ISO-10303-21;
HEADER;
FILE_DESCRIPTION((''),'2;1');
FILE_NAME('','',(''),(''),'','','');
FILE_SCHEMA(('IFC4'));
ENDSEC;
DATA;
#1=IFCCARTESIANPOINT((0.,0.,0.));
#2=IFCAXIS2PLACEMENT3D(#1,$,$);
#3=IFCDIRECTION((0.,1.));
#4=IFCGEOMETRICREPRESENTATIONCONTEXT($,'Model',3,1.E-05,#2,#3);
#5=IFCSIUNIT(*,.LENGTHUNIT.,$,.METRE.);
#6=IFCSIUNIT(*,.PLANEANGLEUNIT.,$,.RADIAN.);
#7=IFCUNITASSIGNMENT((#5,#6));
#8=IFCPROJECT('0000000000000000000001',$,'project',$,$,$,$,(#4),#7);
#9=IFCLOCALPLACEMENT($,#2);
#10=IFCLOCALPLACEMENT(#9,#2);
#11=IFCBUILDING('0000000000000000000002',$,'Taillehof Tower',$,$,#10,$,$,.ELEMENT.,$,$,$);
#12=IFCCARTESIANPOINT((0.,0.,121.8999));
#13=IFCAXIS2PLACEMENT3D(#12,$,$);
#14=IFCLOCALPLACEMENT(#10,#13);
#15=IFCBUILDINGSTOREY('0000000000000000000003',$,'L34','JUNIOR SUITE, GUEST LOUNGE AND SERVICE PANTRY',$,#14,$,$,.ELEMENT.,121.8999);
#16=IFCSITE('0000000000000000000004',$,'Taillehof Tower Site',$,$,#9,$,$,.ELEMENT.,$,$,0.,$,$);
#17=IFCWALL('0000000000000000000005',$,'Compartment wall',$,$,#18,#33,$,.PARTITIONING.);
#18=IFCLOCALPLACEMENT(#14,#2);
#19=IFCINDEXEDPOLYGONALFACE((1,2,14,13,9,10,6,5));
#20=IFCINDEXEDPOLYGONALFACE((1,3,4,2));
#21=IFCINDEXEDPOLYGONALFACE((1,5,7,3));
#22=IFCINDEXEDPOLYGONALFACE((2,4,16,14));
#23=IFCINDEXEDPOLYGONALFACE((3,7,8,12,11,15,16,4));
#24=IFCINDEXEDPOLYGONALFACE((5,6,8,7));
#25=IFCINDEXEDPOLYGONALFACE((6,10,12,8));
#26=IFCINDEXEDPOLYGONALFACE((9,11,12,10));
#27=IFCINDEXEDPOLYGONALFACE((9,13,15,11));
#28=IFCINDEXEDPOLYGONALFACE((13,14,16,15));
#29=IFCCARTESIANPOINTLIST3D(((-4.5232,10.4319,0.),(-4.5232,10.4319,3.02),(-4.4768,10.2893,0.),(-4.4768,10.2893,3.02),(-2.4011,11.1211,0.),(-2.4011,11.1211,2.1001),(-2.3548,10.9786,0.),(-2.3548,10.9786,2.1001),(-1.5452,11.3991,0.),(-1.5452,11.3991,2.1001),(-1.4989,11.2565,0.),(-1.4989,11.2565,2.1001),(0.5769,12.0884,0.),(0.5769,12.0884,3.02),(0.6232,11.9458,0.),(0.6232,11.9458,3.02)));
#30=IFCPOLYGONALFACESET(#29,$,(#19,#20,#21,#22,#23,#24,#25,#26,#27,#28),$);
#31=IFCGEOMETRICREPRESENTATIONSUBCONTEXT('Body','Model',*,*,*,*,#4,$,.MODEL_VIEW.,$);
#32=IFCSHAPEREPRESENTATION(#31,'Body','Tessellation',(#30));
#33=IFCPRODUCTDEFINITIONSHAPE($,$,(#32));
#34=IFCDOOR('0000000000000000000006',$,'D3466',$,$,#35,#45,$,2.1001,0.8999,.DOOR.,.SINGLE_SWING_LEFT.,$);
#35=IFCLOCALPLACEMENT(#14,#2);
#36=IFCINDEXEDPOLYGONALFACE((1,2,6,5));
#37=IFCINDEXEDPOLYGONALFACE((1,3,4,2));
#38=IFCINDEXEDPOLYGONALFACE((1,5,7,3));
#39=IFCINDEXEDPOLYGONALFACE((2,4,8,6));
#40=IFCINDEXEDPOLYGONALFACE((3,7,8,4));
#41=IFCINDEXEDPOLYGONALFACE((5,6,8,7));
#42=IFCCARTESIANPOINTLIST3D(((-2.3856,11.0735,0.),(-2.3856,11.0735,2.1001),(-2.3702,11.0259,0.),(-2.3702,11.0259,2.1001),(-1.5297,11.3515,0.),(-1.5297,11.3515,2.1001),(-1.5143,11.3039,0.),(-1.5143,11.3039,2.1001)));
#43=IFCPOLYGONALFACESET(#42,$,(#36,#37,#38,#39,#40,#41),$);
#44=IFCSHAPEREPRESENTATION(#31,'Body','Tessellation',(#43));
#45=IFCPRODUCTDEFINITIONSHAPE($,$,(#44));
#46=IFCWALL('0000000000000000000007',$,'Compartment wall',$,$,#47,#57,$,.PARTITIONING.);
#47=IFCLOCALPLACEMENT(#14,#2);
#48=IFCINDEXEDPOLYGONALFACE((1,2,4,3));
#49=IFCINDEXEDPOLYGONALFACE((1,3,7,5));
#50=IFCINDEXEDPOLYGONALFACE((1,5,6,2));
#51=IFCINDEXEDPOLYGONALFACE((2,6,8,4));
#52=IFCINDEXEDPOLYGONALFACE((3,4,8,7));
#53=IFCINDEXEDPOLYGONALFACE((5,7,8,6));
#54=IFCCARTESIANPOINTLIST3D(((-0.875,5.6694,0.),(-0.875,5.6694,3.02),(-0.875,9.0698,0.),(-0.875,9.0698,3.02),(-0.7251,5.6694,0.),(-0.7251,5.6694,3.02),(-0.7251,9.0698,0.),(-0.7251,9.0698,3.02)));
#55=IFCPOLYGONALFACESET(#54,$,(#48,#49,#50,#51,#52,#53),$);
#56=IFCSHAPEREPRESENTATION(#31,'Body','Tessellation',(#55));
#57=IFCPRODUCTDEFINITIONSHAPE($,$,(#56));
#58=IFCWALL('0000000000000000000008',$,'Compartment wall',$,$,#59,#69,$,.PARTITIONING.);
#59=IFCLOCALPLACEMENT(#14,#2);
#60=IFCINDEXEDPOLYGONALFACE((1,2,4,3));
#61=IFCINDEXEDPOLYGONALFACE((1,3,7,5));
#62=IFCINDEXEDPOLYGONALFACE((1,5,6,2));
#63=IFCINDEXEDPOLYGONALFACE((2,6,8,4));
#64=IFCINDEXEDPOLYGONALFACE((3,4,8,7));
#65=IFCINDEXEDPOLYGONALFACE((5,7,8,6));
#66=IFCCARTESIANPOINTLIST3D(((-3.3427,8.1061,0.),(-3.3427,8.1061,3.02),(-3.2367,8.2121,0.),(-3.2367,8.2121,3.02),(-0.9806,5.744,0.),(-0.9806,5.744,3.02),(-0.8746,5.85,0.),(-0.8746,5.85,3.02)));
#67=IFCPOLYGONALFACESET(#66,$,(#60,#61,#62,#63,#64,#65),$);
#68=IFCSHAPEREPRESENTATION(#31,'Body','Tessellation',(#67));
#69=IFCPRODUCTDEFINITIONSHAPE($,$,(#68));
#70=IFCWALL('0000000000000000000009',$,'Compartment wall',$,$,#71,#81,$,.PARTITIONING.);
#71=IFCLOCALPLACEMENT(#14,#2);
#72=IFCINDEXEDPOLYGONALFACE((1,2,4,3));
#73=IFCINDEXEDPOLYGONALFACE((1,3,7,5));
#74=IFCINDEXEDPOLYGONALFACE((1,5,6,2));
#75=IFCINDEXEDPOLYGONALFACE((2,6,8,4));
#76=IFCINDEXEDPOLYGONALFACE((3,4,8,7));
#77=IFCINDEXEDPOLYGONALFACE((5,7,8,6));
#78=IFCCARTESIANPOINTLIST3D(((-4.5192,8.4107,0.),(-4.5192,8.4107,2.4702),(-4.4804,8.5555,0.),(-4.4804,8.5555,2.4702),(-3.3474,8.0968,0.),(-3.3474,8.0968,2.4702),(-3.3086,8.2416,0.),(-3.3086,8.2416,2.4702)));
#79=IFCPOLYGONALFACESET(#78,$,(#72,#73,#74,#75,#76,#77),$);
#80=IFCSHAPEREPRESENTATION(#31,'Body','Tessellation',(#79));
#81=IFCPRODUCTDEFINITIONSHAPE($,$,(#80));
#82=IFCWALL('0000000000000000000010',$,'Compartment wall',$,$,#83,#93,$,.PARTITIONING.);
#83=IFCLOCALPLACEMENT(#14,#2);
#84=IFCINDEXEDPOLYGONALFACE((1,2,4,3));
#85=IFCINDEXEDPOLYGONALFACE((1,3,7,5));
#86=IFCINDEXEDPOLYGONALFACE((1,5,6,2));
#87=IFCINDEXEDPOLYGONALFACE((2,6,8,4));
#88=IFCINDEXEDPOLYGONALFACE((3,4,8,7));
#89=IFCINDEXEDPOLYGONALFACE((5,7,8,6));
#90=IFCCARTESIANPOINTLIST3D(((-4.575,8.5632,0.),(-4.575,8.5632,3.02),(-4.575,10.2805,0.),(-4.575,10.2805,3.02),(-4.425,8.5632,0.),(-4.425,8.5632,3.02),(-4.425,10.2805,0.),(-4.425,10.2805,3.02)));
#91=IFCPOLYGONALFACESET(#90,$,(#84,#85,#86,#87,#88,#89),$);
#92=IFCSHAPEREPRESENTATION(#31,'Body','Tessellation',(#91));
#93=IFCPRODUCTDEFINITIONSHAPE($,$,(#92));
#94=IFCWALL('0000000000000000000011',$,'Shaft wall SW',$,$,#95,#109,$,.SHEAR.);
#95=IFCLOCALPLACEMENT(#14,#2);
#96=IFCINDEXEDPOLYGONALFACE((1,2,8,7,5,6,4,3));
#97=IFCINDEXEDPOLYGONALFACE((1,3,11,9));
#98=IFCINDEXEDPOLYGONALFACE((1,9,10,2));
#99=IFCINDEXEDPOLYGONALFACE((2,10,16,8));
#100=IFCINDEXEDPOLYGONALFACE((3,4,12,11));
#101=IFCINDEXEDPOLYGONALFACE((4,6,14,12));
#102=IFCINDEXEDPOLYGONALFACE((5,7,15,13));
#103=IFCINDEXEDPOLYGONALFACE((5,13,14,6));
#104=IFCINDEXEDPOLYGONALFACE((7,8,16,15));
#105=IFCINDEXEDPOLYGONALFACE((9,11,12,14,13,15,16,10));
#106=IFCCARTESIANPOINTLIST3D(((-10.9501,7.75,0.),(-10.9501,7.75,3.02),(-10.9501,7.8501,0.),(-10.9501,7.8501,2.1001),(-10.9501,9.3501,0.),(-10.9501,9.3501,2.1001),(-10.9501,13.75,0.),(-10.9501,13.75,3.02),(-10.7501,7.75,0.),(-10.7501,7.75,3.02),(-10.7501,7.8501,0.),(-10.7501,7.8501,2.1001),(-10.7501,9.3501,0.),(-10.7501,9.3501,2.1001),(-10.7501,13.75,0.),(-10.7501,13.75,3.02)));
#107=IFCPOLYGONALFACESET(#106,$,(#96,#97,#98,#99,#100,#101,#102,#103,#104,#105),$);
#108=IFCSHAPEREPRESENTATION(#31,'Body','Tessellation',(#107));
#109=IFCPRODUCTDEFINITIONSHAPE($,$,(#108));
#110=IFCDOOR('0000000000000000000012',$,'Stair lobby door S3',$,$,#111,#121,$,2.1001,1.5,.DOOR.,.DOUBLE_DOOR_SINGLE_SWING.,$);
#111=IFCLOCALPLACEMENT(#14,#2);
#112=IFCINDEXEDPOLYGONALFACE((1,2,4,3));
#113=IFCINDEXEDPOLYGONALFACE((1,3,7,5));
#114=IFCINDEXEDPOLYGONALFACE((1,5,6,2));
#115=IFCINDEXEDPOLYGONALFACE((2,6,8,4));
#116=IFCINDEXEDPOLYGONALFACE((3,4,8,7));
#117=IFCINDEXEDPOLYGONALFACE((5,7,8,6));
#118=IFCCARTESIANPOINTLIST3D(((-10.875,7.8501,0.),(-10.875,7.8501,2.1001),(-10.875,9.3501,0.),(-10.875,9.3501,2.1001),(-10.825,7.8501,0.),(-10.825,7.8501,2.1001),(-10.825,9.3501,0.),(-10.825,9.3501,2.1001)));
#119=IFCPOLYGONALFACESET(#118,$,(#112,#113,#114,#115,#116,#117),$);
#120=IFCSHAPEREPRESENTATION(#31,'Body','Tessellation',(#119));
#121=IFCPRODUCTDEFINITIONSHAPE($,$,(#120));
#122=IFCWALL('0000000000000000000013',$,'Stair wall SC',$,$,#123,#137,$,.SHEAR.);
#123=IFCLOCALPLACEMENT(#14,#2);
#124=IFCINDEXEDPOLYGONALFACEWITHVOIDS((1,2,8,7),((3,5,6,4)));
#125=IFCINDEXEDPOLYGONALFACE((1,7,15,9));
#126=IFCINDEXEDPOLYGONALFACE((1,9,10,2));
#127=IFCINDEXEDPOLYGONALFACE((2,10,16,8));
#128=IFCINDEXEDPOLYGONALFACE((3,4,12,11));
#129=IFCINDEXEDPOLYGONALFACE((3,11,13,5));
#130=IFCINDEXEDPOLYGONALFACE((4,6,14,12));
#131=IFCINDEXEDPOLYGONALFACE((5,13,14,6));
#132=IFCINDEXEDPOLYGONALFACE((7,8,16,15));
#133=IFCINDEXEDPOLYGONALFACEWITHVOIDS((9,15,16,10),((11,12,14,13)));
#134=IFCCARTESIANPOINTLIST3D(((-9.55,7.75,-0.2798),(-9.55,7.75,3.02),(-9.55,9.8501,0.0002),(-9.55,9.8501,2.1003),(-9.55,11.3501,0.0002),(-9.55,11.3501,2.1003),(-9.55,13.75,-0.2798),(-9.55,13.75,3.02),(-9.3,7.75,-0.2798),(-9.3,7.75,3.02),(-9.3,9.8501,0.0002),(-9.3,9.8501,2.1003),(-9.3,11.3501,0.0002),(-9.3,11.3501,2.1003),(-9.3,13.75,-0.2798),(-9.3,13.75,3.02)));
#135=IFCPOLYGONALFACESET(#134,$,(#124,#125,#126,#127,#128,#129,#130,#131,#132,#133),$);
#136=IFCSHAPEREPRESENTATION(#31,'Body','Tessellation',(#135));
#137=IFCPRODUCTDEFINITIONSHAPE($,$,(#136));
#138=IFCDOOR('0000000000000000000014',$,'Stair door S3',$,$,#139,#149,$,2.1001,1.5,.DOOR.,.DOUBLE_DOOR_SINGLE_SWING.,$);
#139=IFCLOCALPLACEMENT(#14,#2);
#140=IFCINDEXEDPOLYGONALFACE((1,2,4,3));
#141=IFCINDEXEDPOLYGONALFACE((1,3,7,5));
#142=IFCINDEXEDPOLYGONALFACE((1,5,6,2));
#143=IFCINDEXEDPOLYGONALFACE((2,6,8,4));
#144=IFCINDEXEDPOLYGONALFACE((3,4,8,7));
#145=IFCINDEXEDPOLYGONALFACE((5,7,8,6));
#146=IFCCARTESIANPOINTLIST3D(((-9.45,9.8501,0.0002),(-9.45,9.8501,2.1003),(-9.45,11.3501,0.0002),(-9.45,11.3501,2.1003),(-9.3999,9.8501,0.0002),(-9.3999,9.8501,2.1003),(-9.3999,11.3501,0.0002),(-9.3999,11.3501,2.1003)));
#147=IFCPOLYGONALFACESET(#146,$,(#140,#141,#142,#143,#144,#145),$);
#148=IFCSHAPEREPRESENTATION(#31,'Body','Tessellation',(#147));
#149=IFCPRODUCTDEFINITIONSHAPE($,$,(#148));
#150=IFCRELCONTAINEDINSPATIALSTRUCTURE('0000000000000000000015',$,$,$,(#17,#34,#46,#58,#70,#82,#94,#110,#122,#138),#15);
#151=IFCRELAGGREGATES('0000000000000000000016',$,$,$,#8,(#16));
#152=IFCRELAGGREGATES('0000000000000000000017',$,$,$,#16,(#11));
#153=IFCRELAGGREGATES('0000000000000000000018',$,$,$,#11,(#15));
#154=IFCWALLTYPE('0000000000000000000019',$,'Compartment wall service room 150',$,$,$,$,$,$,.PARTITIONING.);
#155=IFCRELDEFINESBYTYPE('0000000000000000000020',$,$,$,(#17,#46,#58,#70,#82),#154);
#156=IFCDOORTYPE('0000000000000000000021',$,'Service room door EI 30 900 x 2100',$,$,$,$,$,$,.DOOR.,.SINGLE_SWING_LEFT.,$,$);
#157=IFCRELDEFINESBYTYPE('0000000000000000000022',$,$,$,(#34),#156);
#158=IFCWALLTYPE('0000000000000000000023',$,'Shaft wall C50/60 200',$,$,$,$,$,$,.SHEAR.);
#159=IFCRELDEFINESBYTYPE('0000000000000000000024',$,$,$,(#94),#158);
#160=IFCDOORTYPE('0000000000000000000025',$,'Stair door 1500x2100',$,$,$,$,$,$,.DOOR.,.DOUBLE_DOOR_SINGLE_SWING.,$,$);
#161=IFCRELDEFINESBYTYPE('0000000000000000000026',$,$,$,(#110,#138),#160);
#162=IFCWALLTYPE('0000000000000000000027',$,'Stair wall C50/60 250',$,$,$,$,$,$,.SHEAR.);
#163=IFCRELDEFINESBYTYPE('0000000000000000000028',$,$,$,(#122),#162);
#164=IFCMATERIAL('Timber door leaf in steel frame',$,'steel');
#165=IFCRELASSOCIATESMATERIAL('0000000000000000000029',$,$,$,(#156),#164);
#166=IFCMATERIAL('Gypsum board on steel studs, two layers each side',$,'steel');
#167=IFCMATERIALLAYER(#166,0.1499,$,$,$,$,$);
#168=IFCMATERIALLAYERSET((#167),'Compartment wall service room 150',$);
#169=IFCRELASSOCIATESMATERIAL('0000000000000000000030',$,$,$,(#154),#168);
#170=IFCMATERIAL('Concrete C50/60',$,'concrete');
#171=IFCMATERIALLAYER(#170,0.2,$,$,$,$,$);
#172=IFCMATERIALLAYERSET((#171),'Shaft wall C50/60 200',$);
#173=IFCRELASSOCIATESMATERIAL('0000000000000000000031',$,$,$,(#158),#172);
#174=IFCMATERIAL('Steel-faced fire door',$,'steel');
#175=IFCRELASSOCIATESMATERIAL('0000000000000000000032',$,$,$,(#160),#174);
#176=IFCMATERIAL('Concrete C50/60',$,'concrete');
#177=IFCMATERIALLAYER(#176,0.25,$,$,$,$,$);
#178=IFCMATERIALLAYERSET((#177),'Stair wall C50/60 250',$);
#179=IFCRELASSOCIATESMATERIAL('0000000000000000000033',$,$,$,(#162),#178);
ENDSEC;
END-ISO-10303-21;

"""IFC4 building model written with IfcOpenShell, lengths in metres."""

from ifc_helpers import new_model, si_unit, direction, frame, frame_2d, origin, place, context, subcontext, project, spatial, rectangle, extrude, material, layer, layer_set, type_object, element, fill, save


model = new_model("IFC4")

# Units and contexts
model_context = context("Model", 3, precision=1e-05, world=origin(), true_north=direction((0.0, 1.0)))
body_context = subcontext(model_context, "Body", "Model", "MODEL_VIEW")
ifc_project = project(units=[si_unit("LENGTHUNIT", "METRE"), si_unit("PLANEANGLEUNIT", "RADIAN")], contexts=[model_context])

# Site, building, storey
site_placement = place(None, origin())
site = spatial("IfcSite", under=ifc_project, at=site_placement, Name="Taillehof Tower Site", CompositionType="ELEMENT", RefElevation=0.0)
building_placement = place(site_placement, origin())
building = spatial("IfcBuilding", under=site, at=building_placement, Name="Taillehof Tower", CompositionType="ELEMENT")
storey_placement = place(building_placement, frame((0.0, 0.0, 121.8999)))
storey = spatial("IfcBuildingStorey", under=building, at=storey_placement, Name="L34", Description="JUNIOR SUITE, GUEST LOUNGE AND SERVICE PANTRY", CompositionType="ELEMENT", Elevation=121.8999)

# Shared definitions
ifc_material_1 = material(Name="Timber door leaf in steel frame", Category="steel")
door_type_1 = type_object("IfcDoorType", Name="Service room door EI 30 900 x 2100", OperationType="SINGLE_SWING_LEFT", PredefinedType="DOOR", material=ifc_material_1)

# Wall, opening, door
ifc_material_2 = material(Name="Gypsum board on steel studs, two layers each side", Category="steel")
ifc_layer_1 = layer(ifc_material_2, 0.1499)
ifc_layer_set_1 = layer_set([ifc_layer_1], Name="Compartment wall service room 150")
wall_type_1 = type_object("IfcWallType", Name="Compartment wall service room 150", PredefinedType="PARTITIONING", material=ifc_layer_set_1)
wall_1_placement = place(storey_placement, frame((-4.5, 10.3606, 0.0), z_axis=(0.0, 0.0, 1.0), x_axis=(0.951091, 0.308911, 0.0)))
wall_1 = element("IfcWall", 1, at=wall_1_placement, inside=storey, type_object=wall_type_1, Name="Compartment wall", PredefinedType="PARTITIONING", context=body_context, shape_type="SweptSolid", body=[
    extrude(rectangle(XDim=5.3623, YDim=0.1499, at=frame_2d((2.6812, 0.0))), origin(), (0.0, 0.0, 1.0), 3.02),
])
opening_1_placement = place(wall_1_placement, frame((2.2312, 0.0, 0.0)))
opening_1 = element("IfcOpeningElement", 2, at=opening_1_placement, cuts=wall_1, PredefinedType="OPENING", context=body_context, shape_type="SweptSolid", body=[
    extrude(rectangle(XDim=0.8999, YDim=2.1001, at=frame_2d((0.45, 1.05))), frame((0.0, 0.085, 0.0), z_axis=(0.0, -1.0, 0.0), x_axis=(1.0, 0.0, 0.0)), (0.0, 0.0, 1.0), 0.1699),
])
door_1_placement = place(opening_1_placement, origin())
door_1 = element("IfcDoor", 3, at=door_1_placement, inside=storey, type_object=door_type_1, Name="D3466", OperationType="SINGLE_SWING_LEFT", OverallHeight=2.1001, OverallWidth=0.8999, PredefinedType="DOOR", context=body_context, shape_type="SweptSolid", body=[
    extrude(rectangle(XDim=0.8999, YDim=2.1001, at=frame_2d((0.45, 1.05))), frame((0.0, 0.0249, 0.0), z_axis=(0.0, -1.0, 0.0), x_axis=(1.0, 0.0, 0.0)), (0.0, 0.0, 1.0), 0.05),
])
fill(opening_1, door_1)

# Walls
wall_2_placement = place(storey_placement, frame((-0.8, 9.0698, 0.0), z_axis=(0.0, 0.0, 1.0), x_axis=(0.0, -1.0, 0.0)))
element("IfcWall", 4, at=wall_2_placement, inside=storey, type_object=wall_type_1, Name="Compartment wall", PredefinedType="PARTITIONING", context=body_context, shape_type="SweptSolid", body=[
    extrude(rectangle(XDim=3.4004, YDim=0.1499, at=frame_2d((1.7002, 0.0))), origin(), (0.0, 0.0, 1.0), 3.02),
])
wall_3_placement = place(storey_placement, frame((-0.9275, 5.7969, 0.0), z_axis=(0.0, 0.0, 1.0), x_axis=(-0.707107, 0.707107, 0.0)))
element("IfcWall", 5, at=wall_3_placement, inside=storey, type_object=wall_type_1, Name="Compartment wall", PredefinedType="PARTITIONING", context=body_context, shape_type="SweptSolid", body=[
    extrude(rectangle(XDim=3.3406, YDim=0.1499, at=frame_2d((1.6704, 0.0))), origin(), (0.0, 0.0, 1.0), 3.02),
])
wall_4_placement = place(storey_placement, frame((-3.3281, 8.1692, 0.0), z_axis=(0.0, 0.0, 1.0), x_axis=(-0.965934, 0.25879, 0.0)))
element("IfcWall", 6, at=wall_4_placement, inside=storey, type_object=wall_type_1, Name="Compartment wall", PredefinedType="PARTITIONING", context=body_context, shape_type="SweptSolid", body=[
    extrude(rectangle(XDim=1.2131, YDim=0.1499, at=frame_2d((0.6064, 0.0))), origin(), (0.0, 0.0, 1.0), 2.4702),
])
wall_5_placement = place(storey_placement, frame((-4.5, 8.5632, 0.0), z_axis=(0.0, 0.0, 1.0), x_axis=(0.0, 1.0, 0.0)))
element("IfcWall", 7, at=wall_5_placement, inside=storey, type_object=wall_type_1, Name="Compartment wall", PredefinedType="PARTITIONING", context=body_context, shape_type="SweptSolid", body=[
    extrude(rectangle(XDim=1.7173, YDim=0.1499, at=frame_2d((0.8586, 0.0))), origin(), (0.0, 0.0, 1.0), 3.02),
])

# Walls, openings, doors
ifc_material_3 = material(Name="Concrete C50/60", Category="concrete")
ifc_layer_2 = layer(ifc_material_3, 0.2)
ifc_layer_set_2 = layer_set([ifc_layer_2], Name="Shaft wall C50/60 200")
wall_type_2 = type_object("IfcWallType", Name="Shaft wall C50/60 200", PredefinedType="SHEAR", material=ifc_layer_set_2)
wall_6_placement = place(storey_placement, frame((-10.8501, 7.75, 0.0), z_axis=(0.0, 0.0, 1.0), x_axis=(0.0, 1.0, 0.0)))
wall_6 = element("IfcWall", 8, at=wall_6_placement, inside=storey, type_object=wall_type_2, Name="Shaft wall SW", PredefinedType="SHEAR", context=body_context, shape_type="SweptSolid", body=[
    extrude(rectangle(XDim=6.0, YDim=0.2, at=frame_2d((3.0, 0.0))), origin(), (0.0, 0.0, 1.0), 3.02),
])
opening_2_placement = place(wall_6_placement, frame((0.1001, 0.0, 0.0)))
opening_2 = element("IfcOpeningElement", 9, at=opening_2_placement, cuts=wall_6, PredefinedType="OPENING", context=body_context, shape_type="SweptSolid", body=[
    extrude(rectangle(XDim=1.5, YDim=2.1001, at=frame_2d((0.75, 1.05))), frame((0.0, 0.1099, 0.0), z_axis=(0.0, -1.0, 0.0), x_axis=(1.0, 0.0, 0.0)), (0.0, 0.0, 1.0), 0.22),
])
ifc_material_4 = material(Name="Steel-faced fire door", Category="steel")
door_type_2 = type_object("IfcDoorType", Name="Stair door 1500x2100", OperationType="DOUBLE_DOOR_SINGLE_SWING", PredefinedType="DOOR", material=ifc_material_4)
door_2_placement = place(opening_2_placement, origin())
door_2 = element("IfcDoor", 10, at=door_2_placement, inside=storey, type_object=door_type_2, Name="Stair lobby door S3", OperationType="DOUBLE_DOOR_SINGLE_SWING", OverallHeight=2.1001, OverallWidth=1.5, PredefinedType="DOOR", context=body_context, shape_type="SweptSolid", body=[
    extrude(rectangle(XDim=1.5, YDim=2.1001, at=frame_2d((0.75, 1.05))), frame((0.0, 0.0249, 0.0), z_axis=(0.0, -1.0, 0.0), x_axis=(1.0, 0.0, 0.0)), (0.0, 0.0, 1.0), 0.05),
])
fill(opening_2, door_2)
ifc_material_5 = material(Name="Concrete C50/60", Category="concrete")
ifc_layer_3 = layer(ifc_material_5, 0.25)
ifc_layer_set_3 = layer_set([ifc_layer_3], Name="Stair wall C50/60 250")
wall_type_3 = type_object("IfcWallType", Name="Stair wall C50/60 250", PredefinedType="SHEAR", material=ifc_layer_set_3)
wall_7_placement = place(storey_placement, frame((-9.425, 7.75, -0.2798), z_axis=(0.0, 0.0, 1.0), x_axis=(0.0, 1.0, 0.0)))
wall_7 = element("IfcWall", 11, at=wall_7_placement, inside=storey, type_object=wall_type_3, Name="Stair wall SC", PredefinedType="SHEAR", context=body_context, shape_type="SweptSolid", body=[
    extrude(rectangle(XDim=6.0, YDim=0.25, at=frame_2d((3.0, 0.0))), origin(), (0.0, 0.0, 1.0), 3.2998),
])
opening_3_placement = place(wall_7_placement, frame((2.1001, 0.0, 0.28)))
opening_3 = element("IfcOpeningElement", 12, at=opening_3_placement, cuts=wall_7, PredefinedType="OPENING", context=body_context, shape_type="SweptSolid", body=[
    extrude(rectangle(XDim=1.5, YDim=2.1001, at=frame_2d((0.75, 1.05))), frame((0.0, 0.135, 0.0), z_axis=(0.0, -1.0, 0.0), x_axis=(1.0, 0.0, 0.0)), (0.0, 0.0, 1.0), 0.27),
])
door_3_placement = place(opening_3_placement, origin())
door_3 = element("IfcDoor", 13, at=door_3_placement, inside=storey, type_object=door_type_2, Name="Stair door S3", OperationType="DOUBLE_DOOR_SINGLE_SWING", OverallHeight=2.1001, OverallWidth=1.5, PredefinedType="DOOR", context=body_context, shape_type="SweptSolid", body=[
    extrude(rectangle(XDim=1.5, YDim=2.1001, at=frame_2d((0.75, 1.05))), frame((0.0, 0.0249, 0.0), z_axis=(0.0, -1.0, 0.0), x_axis=(1.0, 0.0, 0.0)), (0.0, 0.0, 1.0), 0.05),
])
fill(opening_3, door_3)

save(model, "model.ifc")
